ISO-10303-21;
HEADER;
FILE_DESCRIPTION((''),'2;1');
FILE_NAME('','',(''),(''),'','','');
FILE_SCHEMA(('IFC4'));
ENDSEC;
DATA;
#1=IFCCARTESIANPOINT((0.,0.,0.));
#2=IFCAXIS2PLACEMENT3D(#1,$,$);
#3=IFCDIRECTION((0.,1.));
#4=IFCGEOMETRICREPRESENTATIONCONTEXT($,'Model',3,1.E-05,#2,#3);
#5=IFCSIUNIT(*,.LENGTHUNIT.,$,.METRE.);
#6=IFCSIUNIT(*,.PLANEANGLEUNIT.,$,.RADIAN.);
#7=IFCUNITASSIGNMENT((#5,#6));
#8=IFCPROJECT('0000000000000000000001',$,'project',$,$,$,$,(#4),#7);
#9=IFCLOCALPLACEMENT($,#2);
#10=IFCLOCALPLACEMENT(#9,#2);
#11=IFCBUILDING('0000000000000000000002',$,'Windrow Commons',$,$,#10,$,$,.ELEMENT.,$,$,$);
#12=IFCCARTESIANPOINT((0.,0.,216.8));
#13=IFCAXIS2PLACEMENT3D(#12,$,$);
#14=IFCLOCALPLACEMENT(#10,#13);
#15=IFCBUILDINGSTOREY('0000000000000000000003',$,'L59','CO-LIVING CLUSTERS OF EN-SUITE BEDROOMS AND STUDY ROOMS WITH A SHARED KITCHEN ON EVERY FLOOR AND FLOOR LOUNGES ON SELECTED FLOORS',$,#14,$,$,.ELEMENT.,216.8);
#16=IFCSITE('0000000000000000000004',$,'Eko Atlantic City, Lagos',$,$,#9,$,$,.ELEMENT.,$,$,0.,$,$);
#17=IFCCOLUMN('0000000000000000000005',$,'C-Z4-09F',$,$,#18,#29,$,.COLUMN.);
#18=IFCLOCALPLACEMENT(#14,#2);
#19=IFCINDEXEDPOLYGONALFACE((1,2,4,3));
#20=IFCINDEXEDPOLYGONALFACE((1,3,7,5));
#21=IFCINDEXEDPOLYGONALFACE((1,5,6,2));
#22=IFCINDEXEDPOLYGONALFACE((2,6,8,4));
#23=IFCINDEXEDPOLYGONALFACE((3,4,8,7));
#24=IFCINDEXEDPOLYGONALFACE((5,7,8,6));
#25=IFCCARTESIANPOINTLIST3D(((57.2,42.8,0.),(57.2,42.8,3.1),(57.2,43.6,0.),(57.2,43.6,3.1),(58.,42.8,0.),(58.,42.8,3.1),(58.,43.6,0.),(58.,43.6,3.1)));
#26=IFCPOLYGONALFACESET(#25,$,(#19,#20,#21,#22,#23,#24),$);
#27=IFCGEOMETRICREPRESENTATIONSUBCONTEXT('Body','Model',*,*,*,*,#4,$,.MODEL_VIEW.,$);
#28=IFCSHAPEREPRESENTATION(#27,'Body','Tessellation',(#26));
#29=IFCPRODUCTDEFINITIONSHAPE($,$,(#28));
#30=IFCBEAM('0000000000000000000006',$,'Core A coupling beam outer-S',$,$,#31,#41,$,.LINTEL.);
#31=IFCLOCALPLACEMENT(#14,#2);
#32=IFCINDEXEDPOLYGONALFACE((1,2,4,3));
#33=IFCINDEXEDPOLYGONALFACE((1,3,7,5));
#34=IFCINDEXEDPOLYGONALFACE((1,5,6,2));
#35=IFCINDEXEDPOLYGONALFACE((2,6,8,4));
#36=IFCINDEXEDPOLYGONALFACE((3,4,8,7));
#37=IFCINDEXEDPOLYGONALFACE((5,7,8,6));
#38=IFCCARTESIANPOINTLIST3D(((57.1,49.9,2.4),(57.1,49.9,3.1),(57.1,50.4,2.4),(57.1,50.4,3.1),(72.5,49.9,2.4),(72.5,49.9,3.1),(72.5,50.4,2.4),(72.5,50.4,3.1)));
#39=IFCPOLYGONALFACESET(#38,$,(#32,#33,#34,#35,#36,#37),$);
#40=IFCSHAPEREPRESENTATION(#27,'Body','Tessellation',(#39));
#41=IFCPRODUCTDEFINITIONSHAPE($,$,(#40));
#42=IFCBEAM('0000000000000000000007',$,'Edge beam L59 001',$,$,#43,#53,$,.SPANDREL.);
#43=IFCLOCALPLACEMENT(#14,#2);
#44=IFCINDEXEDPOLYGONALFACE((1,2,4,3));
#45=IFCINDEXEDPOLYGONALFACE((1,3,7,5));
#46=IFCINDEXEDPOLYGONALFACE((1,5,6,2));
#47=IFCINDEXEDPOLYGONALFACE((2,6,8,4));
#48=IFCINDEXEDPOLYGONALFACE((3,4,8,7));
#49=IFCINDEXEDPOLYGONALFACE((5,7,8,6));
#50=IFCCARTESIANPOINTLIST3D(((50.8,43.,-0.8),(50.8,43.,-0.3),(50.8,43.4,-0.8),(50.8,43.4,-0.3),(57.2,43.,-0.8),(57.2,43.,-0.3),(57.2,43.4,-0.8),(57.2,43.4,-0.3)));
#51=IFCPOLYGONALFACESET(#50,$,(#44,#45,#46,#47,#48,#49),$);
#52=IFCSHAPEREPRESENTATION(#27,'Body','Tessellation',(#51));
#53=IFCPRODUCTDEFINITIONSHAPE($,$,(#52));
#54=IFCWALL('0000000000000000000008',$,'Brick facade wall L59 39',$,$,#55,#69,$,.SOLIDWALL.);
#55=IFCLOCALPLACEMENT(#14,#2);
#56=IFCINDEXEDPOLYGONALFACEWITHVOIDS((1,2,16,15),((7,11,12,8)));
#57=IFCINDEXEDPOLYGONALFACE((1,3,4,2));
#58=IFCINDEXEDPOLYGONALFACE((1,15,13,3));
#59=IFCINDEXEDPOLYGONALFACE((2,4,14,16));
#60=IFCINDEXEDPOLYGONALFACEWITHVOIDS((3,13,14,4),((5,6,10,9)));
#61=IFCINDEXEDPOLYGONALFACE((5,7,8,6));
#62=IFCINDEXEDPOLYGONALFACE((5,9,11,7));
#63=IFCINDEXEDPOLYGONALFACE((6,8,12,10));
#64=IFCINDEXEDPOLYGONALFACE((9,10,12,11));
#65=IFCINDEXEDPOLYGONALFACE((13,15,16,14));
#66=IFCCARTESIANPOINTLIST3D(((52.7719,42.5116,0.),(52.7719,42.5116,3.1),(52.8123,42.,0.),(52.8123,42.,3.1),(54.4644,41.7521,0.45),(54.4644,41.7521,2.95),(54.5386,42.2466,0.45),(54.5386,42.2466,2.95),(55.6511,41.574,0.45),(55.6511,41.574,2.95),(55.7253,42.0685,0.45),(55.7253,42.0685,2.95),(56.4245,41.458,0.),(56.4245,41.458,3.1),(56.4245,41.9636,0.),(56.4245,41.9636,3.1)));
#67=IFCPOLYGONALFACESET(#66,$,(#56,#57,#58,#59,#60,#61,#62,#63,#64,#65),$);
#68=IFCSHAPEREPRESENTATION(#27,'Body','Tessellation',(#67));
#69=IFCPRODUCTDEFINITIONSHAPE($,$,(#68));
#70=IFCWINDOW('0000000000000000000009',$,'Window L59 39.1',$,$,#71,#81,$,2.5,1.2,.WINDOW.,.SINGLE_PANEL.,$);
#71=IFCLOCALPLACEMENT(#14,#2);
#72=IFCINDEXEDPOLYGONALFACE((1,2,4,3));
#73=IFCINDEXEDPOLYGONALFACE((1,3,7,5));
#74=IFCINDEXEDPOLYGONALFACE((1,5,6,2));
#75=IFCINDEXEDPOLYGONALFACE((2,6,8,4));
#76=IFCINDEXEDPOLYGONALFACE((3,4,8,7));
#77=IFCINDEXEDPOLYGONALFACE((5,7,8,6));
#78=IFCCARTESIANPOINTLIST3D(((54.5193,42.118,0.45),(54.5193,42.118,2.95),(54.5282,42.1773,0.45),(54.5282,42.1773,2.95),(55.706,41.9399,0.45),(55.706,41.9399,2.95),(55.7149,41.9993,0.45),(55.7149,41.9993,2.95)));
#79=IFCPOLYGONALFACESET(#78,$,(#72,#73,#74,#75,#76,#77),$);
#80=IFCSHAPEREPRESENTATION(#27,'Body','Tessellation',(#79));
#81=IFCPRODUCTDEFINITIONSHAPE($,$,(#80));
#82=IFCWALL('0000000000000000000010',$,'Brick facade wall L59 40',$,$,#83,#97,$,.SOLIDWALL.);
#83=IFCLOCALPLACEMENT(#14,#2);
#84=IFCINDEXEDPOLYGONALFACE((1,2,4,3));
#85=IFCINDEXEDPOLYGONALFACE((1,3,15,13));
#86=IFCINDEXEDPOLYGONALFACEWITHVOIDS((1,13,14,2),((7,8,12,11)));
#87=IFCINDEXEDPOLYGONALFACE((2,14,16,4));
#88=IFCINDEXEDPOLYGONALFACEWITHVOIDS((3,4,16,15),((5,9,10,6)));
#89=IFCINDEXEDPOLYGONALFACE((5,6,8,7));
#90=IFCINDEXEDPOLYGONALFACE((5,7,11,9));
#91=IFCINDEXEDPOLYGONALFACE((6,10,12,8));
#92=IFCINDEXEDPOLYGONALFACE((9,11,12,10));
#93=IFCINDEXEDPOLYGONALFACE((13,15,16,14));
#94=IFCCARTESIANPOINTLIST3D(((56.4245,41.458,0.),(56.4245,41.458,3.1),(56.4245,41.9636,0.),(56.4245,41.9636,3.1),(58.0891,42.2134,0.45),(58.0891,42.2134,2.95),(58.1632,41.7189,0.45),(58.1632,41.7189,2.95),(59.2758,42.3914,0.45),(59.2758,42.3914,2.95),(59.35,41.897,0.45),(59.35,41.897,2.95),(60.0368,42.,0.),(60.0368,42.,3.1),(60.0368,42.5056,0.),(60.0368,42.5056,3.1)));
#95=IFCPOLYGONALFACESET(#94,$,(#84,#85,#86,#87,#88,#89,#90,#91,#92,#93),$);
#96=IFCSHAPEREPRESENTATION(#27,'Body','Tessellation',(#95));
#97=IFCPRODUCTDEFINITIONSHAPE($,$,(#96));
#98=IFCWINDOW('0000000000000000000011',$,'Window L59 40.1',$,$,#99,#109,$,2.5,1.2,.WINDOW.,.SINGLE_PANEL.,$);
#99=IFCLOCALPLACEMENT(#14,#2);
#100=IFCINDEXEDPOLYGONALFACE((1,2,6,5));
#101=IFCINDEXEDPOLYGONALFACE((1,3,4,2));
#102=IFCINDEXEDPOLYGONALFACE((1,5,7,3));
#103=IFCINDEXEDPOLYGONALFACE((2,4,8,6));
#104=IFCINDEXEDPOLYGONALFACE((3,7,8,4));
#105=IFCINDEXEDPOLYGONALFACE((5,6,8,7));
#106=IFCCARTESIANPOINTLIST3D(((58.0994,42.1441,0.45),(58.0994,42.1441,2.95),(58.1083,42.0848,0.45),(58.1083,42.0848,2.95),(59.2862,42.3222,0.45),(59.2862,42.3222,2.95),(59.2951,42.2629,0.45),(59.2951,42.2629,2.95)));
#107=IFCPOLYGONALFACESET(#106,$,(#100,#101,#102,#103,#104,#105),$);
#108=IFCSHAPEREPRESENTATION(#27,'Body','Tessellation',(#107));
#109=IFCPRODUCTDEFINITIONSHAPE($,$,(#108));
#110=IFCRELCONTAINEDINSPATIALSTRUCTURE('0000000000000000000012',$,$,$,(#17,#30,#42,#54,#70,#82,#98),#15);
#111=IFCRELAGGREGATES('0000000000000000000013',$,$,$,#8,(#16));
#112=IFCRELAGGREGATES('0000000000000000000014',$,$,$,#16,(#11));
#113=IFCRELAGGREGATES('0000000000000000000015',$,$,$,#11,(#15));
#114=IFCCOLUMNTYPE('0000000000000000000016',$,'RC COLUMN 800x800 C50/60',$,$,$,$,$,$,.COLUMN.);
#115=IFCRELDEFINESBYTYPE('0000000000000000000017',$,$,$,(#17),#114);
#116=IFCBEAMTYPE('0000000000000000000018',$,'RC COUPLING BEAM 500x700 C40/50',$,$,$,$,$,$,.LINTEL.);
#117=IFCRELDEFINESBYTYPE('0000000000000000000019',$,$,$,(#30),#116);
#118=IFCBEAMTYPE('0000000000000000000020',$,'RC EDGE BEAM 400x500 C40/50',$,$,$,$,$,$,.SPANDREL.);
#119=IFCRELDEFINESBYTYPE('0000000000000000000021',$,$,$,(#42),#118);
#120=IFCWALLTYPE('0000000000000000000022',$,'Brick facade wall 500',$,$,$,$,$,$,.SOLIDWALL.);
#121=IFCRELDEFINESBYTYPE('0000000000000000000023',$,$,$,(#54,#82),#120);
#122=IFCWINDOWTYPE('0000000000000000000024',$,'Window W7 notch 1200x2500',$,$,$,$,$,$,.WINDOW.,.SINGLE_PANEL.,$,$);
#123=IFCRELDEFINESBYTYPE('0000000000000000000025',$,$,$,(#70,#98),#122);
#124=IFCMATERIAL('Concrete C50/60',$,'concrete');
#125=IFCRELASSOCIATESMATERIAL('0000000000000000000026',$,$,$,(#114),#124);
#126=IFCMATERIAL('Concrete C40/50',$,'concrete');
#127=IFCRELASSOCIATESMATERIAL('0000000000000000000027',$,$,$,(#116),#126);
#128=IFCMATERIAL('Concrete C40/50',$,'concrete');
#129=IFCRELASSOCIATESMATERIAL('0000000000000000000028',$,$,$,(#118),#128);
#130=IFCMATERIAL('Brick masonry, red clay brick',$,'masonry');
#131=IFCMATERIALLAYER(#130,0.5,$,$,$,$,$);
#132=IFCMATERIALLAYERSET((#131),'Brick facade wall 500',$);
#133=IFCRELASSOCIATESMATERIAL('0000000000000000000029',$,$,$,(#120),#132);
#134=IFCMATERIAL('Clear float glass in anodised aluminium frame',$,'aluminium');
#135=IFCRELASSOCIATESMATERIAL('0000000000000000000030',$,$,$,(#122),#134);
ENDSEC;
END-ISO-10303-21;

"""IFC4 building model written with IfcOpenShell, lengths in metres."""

from ifc_helpers import new_model, si_unit, direction, frame, frame_2d, origin, origin_2d, place, context, subcontext, project, spatial, polyline, rectangle, outline, extrude, material, layer, layer_set, material_profile, profile_set, type_object, element, fill, save


model = new_model("IFC4")

# Units and contexts
model_context = context("Model", 3, precision=1e-05, world=origin(), true_north=direction((0.0, 1.0)))
body_context = subcontext(model_context, "Body", "Model", "MODEL_VIEW")
ifc_project = project(units=[si_unit("LENGTHUNIT", "METRE"), si_unit("PLANEANGLEUNIT", "RADIAN")], contexts=[model_context])

# Site, building, storey
site_placement = place(None, origin())
site = spatial("IfcSite", under=ifc_project, at=site_placement, Name="Eko Atlantic City, Lagos", CompositionType="ELEMENT", RefElevation=0.0)
building_placement = place(site_placement, origin())
building = spatial("IfcBuilding", under=site, at=building_placement, Name="Windrow Commons", CompositionType="ELEMENT")
storey_placement = place(building_placement, frame((0.0, 0.0, 216.8)))
storey = spatial("IfcBuildingStorey", under=building, at=storey_placement, Name="L59", Description="CO-LIVING CLUSTERS OF EN-SUITE BEDROOMS AND STUDY ROOMS WITH A SHARED KITCHEN ON EVERY FLOOR AND FLOOR LOUNGES ON SELECTED FLOORS", CompositionType="ELEMENT", Elevation=216.8)

# Column
ifc_material_1 = material(Name="Concrete C50/60", Category="concrete")
ifc_material_profile_1 = material_profile(ifc_material_1, rectangle(XDim=0.8, YDim=0.8, at=origin_2d()))
ifc_profile_set_1 = profile_set([ifc_material_profile_1], Name="Concrete C50/60")
column_type = type_object("IfcColumnType", Name="RC COLUMN 800x800 C50/60", PredefinedType="COLUMN", material=ifc_profile_set_1)
column_placement = place(storey_placement, frame((57.6, 43.2, 0.0), z_axis=(0.0, 0.0, 1.0), x_axis=(1.0, 0.0, 0.0)))
element("IfcColumn", 1, at=column_placement, inside=storey, type_object=column_type, Name="C-Z4-09F", PredefinedType="COLUMN", context=body_context, shape_type="SweptSolid", body=[
    extrude(rectangle(XDim=0.8, YDim=0.8, at=origin_2d()), origin(), (0.0, 0.0, 1.0), 3.1),
])

# Beams
ifc_material_2 = material(Name="Concrete C40/50", Category="concrete")
ifc_material_profile_2 = material_profile(ifc_material_2, rectangle(XDim=0.5, YDim=0.7, at=origin_2d()))
ifc_profile_set_2 = profile_set([ifc_material_profile_2], Name="Concrete C40/50")
beam_type_1 = type_object("IfcBeamType", Name="RC COUPLING BEAM 500x700 C40/50", PredefinedType="LINTEL", material=ifc_profile_set_2)
beam_1_placement = place(storey_placement, frame((57.1, 50.15, 2.75), z_axis=(1.0, 0.0, 0.0), x_axis=(0.0, 1.0, 0.0)))
element("IfcBeam", 2, at=beam_1_placement, inside=storey, type_object=beam_type_1, Name="Core A coupling beam outer-S", PredefinedType="LINTEL", context=body_context, shape_type="SweptSolid", body=[
    extrude(rectangle(XDim=0.5, YDim=0.7, at=origin_2d()), origin(), (0.0, 0.0, 1.0), 15.4),
])
ifc_material_3 = material(Name="Concrete C40/50", Category="concrete")
ifc_material_profile_3 = material_profile(ifc_material_3, rectangle(XDim=0.4, YDim=0.5, at=origin_2d()))
ifc_profile_set_3 = profile_set([ifc_material_profile_3], Name="Concrete C40/50")
beam_type_2 = type_object("IfcBeamType", Name="RC EDGE BEAM 400x500 C40/50", PredefinedType="SPANDREL", material=ifc_profile_set_3)
beam_2_placement = place(storey_placement, frame((57.2, 43.2, -0.55), z_axis=(-1.0, 0.0, 0.0), x_axis=(0.0, -1.0, 0.0)))
element("IfcBeam", 3, at=beam_2_placement, inside=storey, type_object=beam_type_2, Name="Edge beam L59 001", PredefinedType="SPANDREL", context=body_context, shape_type="SweptSolid", body=[
    extrude(rectangle(XDim=0.4, YDim=0.5, at=origin_2d()), origin(), (0.0, 0.0, 1.0), 6.4),
])

# Walls, openings, windows
ifc_material_4 = material(Name="Brick masonry, red clay brick", Category="masonry")
ifc_layer_1 = layer(ifc_material_4, 0.5)
ifc_layer_set_1 = layer_set([ifc_layer_1], Name="Brick facade wall 500")
wall_type_1 = type_object("IfcWallType", Name="Brick facade wall 500", PredefinedType="SOLIDWALL", material=ifc_layer_set_1)
wall_1_placement = place(storey_placement, frame((52.7921, 42.2558, 0.0), z_axis=(0.0, 0.0, 1.0), x_axis=(0.988931, -0.148378, 0.0)))
wall_1 = element("IfcWall", 4, at=wall_1_placement, inside=storey, type_object=wall_type_1, Name="Brick facade wall L59 39", PredefinedType="SOLIDWALL", context=body_context, shape_type="SweptSolid", body=[
    extrude(outline(polyline([(0.0579, -0.25), (3.7106, -0.25), (3.6355, 0.25), (-0.0579, 0.25), (0.0579, -0.25)])), origin(), (0.0, 0.0, 1.0), 3.1),
])
opening_1_placement = place(wall_1_placement, frame((1.7285, 0.0, 0.45)))
opening_1 = element("IfcOpeningElement", 5, at=opening_1_placement, cuts=wall_1, PredefinedType="OPENING", context=body_context, shape_type="SweptSolid", body=[
    extrude(rectangle(XDim=1.2, YDim=2.5, at=frame_2d((0.6, 1.25))), frame((0.0, 0.26, 0.0), z_axis=(0.0, -1.0, 0.0), x_axis=(1.0, 0.0, 0.0)), (0.0, 0.0, 1.0), 0.52),
])
ifc_material_5 = material(Name="Clear float glass in anodised aluminium frame", Category="aluminium")
window_type = type_object("IfcWindowType", Name="Window W7 notch 1200x2500", PartitioningType="SINGLE_PANEL", PredefinedType="WINDOW", material=ifc_material_5)
window_1_placement = place(opening_1_placement, origin())
window_1 = element("IfcWindow", 6, at=window_1_placement, inside=storey, type_object=window_type, Name="Window L59 39.1", OverallHeight=2.5, OverallWidth=1.2, PartitioningType="SINGLE_PANEL", PredefinedType="WINDOW", context=body_context, shape_type="SweptSolid", body=[
    extrude(rectangle(XDim=1.2, YDim=2.5, at=frame_2d((0.6, 1.25))), frame((0.0, 0.18, 0.0), z_axis=(0.0, -1.0, 0.0), x_axis=(1.0, 0.0, 0.0)), (0.0, 0.0, 1.0), 0.06),
])
fill(opening_1, window_1)
wall_2_placement = place(storey_placement, frame((56.4245, 41.7108, 0.0), z_axis=(0.0, 0.0, 1.0), x_axis=(0.98893, 0.148386, 0.0)))
wall_2 = element("IfcWall", 7, at=wall_2_placement, inside=storey, type_object=wall_type_1, Name="Brick facade wall L59 40", PredefinedType="SOLIDWALL", context=body_context, shape_type="SweptSolid", body=[
    extrude(outline(polyline([(-0.0375, -0.25), (3.6152, -0.25), (3.6902, 0.25), (0.0375, 0.25), (-0.0375, -0.25)])), origin(), (0.0, 0.0, 1.0), 3.1),
])
opening_2_placement = place(wall_2_placement, frame((1.7207, 0.0, 0.45)))
opening_2 = element("IfcOpeningElement", 8, at=opening_2_placement, cuts=wall_2, PredefinedType="OPENING", context=body_context, shape_type="SweptSolid", body=[
    extrude(rectangle(XDim=1.2, YDim=2.5, at=frame_2d((0.6, 1.25))), frame((0.0, 0.26, 0.0), z_axis=(0.0, -1.0, 0.0), x_axis=(1.0, 0.0, 0.0)), (0.0, 0.0, 1.0), 0.52),
])
window_2_placement = place(opening_2_placement, origin())
window_2 = element("IfcWindow", 9, at=window_2_placement, inside=storey, type_object=window_type, Name="Window L59 40.1", OverallHeight=2.5, OverallWidth=1.2, PartitioningType="SINGLE_PANEL", PredefinedType="WINDOW", context=body_context, shape_type="SweptSolid", body=[
    extrude(rectangle(XDim=1.2, YDim=2.5, at=frame_2d((0.6, 1.25))), frame((0.0, 0.18, 0.0), z_axis=(0.0, -1.0, 0.0), x_axis=(1.0, 0.0, 0.0)), (0.0, 0.0, 1.0), 0.06),
])
fill(opening_2, window_2)

save(model, "model.ifc")
